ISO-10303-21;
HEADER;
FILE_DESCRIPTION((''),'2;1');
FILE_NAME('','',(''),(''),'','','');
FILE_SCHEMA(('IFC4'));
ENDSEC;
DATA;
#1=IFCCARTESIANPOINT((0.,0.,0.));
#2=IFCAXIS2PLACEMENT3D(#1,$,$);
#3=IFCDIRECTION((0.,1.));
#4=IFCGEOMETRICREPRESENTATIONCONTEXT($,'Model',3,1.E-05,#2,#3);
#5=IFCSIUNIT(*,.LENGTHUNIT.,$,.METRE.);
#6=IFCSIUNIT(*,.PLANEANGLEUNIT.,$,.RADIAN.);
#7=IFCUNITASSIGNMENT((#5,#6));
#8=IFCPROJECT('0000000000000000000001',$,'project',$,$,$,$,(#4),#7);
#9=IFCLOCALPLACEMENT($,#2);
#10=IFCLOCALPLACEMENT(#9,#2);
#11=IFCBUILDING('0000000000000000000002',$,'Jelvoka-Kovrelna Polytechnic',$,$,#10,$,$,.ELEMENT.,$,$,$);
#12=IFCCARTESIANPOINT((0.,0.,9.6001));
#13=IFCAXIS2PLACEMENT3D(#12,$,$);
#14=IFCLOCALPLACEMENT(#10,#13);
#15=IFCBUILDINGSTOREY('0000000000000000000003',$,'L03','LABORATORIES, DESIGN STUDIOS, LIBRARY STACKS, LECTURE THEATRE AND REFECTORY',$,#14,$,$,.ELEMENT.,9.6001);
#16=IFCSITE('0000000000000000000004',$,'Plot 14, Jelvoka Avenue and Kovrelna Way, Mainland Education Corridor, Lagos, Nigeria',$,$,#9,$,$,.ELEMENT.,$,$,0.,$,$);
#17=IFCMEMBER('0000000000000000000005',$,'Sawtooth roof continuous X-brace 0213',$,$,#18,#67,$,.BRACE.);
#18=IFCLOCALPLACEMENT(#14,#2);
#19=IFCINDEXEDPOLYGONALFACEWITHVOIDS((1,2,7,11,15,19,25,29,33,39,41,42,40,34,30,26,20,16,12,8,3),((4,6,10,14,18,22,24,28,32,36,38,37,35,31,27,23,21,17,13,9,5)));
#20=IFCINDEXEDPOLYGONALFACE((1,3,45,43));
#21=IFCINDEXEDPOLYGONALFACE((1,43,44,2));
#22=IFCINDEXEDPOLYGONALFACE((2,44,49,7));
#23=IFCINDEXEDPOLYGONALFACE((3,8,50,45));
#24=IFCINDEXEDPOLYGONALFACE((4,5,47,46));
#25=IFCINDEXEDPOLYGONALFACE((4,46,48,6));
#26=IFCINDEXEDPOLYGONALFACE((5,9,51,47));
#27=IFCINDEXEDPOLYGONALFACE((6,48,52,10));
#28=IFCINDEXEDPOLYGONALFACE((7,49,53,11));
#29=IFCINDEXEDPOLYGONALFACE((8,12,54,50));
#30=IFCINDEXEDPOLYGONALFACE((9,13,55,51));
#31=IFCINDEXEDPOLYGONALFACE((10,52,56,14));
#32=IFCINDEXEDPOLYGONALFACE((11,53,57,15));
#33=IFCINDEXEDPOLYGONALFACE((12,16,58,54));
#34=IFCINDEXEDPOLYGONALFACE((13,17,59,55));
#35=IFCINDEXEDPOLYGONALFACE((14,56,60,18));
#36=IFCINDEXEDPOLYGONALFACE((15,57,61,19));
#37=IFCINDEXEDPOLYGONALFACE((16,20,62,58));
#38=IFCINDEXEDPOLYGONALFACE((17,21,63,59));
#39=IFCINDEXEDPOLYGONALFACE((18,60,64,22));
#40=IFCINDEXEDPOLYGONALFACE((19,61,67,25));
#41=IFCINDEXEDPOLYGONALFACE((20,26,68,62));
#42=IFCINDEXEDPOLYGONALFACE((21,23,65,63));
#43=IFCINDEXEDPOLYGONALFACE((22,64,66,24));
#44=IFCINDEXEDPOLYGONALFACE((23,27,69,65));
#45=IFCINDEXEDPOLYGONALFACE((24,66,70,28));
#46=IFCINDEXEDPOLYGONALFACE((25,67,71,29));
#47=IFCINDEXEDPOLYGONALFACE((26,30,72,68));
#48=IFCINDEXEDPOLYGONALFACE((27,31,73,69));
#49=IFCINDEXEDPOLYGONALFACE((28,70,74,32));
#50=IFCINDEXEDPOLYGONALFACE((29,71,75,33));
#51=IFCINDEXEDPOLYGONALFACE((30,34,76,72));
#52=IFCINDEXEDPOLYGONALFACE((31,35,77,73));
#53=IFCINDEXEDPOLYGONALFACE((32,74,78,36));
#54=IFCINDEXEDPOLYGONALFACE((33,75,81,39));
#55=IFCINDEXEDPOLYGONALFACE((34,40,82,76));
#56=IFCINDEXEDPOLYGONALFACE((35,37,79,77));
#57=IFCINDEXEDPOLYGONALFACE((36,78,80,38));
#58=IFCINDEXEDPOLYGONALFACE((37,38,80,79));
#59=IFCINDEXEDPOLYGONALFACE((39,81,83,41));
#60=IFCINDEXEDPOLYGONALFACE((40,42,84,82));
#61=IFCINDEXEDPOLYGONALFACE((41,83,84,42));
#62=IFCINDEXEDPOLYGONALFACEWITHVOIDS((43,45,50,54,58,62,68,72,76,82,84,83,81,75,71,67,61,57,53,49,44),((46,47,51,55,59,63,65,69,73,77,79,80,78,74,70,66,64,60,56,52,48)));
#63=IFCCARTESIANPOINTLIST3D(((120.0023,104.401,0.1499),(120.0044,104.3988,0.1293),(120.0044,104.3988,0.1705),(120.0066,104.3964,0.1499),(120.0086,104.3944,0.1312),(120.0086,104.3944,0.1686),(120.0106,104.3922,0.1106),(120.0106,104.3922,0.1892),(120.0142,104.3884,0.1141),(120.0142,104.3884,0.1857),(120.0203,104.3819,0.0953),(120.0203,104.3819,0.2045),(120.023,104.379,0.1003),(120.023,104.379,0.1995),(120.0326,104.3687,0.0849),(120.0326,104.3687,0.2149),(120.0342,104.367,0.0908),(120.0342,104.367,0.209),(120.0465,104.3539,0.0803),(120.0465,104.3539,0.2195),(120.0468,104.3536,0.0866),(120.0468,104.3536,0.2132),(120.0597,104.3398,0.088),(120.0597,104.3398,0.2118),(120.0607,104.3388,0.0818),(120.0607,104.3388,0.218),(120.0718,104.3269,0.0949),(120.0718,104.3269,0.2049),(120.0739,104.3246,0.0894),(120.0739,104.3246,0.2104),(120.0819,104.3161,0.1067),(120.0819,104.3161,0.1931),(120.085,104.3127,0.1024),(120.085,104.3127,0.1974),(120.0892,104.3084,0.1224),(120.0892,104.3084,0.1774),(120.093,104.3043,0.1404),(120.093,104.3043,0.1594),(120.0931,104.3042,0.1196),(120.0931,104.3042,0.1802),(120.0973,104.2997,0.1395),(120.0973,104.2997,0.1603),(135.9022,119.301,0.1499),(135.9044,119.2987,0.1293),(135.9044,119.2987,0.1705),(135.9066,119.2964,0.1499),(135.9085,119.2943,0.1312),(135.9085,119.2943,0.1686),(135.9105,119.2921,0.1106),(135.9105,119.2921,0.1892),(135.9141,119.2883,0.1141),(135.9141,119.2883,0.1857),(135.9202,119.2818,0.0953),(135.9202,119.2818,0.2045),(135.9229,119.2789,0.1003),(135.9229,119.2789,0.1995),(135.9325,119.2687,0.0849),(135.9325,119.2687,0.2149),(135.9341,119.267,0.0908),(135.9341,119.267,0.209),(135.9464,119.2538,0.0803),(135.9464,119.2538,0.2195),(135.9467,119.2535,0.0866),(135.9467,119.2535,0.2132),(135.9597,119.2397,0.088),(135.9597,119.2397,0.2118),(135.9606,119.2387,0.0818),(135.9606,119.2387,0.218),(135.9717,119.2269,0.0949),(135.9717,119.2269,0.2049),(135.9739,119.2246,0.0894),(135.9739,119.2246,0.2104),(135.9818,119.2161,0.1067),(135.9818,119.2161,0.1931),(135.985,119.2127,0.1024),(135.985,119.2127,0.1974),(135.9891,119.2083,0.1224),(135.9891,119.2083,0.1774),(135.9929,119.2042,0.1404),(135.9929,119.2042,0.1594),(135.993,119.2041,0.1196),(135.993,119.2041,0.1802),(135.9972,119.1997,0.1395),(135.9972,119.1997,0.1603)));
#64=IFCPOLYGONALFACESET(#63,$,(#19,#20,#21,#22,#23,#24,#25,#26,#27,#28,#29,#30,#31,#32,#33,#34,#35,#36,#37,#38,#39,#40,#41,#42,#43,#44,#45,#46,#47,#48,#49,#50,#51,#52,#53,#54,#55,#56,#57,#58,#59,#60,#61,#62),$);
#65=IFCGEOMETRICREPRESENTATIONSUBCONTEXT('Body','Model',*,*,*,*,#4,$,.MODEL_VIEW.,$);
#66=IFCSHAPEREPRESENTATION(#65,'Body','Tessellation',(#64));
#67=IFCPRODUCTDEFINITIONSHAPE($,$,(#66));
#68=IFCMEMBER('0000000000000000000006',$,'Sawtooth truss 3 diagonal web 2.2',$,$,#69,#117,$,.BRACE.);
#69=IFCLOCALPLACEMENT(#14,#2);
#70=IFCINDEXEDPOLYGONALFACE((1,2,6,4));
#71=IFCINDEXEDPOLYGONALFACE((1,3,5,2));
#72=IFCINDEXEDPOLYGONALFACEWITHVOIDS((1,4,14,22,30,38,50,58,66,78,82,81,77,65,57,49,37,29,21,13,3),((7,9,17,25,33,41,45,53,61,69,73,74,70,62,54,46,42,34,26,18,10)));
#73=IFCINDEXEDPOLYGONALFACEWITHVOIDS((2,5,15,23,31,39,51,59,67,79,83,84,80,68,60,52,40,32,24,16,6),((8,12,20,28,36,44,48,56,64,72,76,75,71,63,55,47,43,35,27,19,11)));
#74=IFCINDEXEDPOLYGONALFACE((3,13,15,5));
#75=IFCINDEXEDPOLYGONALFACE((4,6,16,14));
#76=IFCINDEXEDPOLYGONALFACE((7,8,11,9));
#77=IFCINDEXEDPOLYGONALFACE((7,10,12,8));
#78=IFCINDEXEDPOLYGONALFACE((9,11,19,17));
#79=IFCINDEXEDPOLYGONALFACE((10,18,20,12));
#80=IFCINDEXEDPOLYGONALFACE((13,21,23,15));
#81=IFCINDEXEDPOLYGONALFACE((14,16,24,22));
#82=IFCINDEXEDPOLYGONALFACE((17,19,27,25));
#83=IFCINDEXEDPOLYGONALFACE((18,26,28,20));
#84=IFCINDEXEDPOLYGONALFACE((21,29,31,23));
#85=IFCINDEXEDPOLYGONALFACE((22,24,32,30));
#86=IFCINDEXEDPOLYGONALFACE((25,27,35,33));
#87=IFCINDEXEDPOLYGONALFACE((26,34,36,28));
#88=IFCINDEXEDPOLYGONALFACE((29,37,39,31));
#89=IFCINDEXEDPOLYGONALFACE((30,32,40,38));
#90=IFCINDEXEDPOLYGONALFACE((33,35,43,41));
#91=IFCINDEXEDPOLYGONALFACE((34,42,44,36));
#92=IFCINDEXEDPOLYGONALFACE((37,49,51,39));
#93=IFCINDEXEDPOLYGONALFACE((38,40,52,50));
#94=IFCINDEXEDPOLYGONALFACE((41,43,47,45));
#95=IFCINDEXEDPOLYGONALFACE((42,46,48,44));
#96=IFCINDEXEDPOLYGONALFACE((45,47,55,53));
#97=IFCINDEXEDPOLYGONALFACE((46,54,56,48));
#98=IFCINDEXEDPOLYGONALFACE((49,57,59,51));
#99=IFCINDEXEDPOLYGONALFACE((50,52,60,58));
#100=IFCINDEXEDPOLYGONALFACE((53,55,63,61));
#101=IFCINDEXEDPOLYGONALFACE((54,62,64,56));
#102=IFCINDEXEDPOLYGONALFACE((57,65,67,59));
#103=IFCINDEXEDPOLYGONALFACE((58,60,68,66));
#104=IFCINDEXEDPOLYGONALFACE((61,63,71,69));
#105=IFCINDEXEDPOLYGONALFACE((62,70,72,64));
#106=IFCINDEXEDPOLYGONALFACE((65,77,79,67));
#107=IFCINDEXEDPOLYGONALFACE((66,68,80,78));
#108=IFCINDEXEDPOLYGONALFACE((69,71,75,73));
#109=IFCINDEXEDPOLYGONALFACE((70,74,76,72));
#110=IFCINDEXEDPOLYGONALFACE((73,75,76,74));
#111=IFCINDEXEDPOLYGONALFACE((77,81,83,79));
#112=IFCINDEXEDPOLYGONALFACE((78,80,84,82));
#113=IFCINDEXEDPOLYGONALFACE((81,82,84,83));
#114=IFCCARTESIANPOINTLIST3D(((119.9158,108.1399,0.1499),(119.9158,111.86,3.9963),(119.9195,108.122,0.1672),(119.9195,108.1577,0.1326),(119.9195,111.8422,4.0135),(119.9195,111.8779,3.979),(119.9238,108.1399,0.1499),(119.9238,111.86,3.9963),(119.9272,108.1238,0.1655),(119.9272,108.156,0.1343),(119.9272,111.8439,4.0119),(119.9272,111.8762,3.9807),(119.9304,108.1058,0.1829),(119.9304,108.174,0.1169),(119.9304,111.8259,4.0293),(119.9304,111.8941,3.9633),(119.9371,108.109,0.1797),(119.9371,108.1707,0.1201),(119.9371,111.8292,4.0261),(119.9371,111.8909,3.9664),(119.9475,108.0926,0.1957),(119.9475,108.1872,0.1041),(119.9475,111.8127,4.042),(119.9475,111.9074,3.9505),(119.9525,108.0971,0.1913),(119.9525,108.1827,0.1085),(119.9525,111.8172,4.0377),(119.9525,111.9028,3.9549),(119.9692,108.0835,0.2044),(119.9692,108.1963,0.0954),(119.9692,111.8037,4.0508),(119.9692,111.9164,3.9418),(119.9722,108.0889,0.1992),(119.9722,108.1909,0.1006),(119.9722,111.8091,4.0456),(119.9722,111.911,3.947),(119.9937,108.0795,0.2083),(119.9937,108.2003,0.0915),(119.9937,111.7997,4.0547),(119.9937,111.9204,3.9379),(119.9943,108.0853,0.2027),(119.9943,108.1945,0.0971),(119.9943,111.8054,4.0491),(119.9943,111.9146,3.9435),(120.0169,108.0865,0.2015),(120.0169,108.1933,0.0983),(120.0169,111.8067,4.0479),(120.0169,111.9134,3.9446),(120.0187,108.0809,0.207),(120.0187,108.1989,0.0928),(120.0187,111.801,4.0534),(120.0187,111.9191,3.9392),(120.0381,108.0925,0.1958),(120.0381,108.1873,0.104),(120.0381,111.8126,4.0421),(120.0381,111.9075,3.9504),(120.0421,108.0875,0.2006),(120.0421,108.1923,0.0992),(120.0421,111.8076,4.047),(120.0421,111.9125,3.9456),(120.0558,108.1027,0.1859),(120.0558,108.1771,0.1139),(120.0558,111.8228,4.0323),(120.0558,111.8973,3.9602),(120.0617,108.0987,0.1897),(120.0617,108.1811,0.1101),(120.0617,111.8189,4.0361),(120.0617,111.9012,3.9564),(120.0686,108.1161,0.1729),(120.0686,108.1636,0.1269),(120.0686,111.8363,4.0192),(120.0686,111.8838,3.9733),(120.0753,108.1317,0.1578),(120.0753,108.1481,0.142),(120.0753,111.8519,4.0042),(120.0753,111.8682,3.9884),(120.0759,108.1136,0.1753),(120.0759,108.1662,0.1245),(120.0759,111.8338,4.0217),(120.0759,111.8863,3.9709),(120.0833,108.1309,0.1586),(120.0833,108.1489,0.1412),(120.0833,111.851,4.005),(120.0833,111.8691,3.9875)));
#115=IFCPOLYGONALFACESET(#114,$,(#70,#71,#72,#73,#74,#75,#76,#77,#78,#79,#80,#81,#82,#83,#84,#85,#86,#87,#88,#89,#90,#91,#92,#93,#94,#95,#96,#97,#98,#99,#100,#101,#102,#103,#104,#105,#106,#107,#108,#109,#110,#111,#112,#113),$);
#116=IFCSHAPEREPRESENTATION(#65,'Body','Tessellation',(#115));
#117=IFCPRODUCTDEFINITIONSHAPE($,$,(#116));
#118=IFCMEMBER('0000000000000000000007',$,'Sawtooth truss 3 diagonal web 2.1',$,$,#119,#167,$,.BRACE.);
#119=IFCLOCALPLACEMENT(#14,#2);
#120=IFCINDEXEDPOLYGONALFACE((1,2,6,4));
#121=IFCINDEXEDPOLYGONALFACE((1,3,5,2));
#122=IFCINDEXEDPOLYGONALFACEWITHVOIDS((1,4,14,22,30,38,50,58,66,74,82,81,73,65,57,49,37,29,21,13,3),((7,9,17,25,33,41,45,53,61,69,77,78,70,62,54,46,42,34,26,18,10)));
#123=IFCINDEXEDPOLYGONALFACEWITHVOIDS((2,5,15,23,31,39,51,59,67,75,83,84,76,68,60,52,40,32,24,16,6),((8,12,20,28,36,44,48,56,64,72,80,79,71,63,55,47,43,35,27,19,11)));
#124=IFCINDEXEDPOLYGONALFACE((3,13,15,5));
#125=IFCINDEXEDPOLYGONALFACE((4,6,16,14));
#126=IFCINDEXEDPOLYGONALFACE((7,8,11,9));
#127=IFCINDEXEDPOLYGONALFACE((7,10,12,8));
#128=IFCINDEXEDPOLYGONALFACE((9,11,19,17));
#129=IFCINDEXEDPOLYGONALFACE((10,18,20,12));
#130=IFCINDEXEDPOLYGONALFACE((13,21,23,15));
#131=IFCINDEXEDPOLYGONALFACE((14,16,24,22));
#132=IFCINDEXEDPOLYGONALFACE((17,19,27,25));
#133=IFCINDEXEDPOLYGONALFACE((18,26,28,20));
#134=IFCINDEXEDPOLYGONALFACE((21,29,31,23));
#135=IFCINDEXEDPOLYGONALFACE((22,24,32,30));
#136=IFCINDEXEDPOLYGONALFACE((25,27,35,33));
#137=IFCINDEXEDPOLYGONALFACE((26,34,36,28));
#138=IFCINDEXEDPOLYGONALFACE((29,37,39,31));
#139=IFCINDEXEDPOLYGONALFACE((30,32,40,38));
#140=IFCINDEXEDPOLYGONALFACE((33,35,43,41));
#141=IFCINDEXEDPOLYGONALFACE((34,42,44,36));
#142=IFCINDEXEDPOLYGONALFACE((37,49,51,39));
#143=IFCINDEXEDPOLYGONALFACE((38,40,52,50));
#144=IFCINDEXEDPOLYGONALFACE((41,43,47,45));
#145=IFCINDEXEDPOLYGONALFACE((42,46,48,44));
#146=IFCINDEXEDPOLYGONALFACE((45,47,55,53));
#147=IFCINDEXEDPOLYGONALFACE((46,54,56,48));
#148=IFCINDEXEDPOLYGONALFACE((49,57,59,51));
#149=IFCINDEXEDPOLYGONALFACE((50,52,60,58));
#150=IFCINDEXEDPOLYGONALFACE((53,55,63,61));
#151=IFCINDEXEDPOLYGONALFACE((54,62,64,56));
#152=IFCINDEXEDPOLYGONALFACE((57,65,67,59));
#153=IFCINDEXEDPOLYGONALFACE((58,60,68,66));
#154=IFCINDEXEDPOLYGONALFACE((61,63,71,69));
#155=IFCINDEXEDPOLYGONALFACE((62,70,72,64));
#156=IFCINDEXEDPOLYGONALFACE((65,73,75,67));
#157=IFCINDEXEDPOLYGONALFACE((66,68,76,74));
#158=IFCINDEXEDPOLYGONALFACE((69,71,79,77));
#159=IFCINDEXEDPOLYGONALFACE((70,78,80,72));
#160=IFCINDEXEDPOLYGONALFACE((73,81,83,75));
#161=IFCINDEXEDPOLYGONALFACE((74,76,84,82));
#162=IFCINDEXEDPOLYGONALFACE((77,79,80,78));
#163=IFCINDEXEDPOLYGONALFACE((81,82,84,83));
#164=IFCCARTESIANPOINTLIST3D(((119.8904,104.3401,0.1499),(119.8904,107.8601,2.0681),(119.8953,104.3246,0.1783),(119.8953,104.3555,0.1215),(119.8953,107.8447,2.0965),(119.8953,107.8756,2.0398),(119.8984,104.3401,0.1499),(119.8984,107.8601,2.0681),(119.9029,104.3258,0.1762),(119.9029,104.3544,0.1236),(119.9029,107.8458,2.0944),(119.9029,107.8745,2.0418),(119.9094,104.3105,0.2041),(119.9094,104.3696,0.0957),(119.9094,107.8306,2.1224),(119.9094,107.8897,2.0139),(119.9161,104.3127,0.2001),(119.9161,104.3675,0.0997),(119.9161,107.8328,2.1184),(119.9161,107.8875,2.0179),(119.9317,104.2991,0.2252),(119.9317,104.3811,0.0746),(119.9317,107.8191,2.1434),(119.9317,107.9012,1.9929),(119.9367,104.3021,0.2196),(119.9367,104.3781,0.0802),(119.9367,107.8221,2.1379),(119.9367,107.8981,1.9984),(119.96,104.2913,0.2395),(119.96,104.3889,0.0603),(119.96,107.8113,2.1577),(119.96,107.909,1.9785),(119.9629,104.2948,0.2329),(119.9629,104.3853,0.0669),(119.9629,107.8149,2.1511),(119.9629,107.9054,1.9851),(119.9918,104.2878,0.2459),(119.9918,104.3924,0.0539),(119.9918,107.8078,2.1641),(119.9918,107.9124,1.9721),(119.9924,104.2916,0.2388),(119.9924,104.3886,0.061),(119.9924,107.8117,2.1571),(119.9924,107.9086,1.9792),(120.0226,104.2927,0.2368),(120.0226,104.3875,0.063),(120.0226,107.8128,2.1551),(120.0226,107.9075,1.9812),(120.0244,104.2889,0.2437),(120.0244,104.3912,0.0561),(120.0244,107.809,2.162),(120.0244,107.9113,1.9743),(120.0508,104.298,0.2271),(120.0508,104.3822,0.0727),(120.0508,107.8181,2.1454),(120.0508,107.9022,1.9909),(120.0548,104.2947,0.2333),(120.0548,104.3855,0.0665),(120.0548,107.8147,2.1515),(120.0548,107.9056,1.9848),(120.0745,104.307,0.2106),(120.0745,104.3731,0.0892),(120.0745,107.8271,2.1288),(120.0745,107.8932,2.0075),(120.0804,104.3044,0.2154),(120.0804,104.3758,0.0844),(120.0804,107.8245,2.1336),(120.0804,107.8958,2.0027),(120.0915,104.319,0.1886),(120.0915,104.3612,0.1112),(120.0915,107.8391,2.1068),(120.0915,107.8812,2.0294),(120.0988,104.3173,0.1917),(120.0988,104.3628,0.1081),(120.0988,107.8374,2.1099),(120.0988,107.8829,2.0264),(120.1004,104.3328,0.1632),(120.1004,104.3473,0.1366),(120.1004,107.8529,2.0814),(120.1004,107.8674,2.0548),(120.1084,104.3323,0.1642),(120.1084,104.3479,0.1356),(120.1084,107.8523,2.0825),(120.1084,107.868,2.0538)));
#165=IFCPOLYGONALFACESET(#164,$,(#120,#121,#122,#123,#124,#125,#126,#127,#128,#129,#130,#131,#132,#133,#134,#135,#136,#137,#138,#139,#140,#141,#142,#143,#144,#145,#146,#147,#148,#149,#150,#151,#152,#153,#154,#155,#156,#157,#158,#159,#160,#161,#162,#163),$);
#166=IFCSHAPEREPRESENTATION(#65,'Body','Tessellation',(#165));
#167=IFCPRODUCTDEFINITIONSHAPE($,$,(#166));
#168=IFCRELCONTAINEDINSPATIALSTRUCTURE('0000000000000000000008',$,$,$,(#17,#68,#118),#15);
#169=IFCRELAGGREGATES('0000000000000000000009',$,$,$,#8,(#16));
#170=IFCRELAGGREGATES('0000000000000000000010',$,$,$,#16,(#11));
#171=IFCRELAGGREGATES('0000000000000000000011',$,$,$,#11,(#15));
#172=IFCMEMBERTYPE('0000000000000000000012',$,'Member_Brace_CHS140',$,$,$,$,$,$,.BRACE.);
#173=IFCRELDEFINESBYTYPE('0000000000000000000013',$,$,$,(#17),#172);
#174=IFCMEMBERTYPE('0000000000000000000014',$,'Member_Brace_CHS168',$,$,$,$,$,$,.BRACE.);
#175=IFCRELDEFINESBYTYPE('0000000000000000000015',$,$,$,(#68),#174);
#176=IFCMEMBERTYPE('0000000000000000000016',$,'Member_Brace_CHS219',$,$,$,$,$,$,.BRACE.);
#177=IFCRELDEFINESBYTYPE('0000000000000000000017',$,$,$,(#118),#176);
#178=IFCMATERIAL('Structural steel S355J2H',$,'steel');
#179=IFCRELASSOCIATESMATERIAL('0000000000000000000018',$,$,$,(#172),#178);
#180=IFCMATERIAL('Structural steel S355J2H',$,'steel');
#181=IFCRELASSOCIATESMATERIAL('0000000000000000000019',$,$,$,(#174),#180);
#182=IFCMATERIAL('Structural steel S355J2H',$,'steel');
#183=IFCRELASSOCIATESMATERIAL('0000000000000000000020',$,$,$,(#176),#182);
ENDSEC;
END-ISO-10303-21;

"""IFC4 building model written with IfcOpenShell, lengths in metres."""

from ifc_helpers import new_model, si_unit, direction, frame, origin, origin_2d, place, context, subcontext, project, spatial, hollow_circle, extrude, material, material_profile, profile_set, type_object, element, save


model = new_model("IFC4")

# Units and contexts
model_context = context("Model", 3, precision=1e-05, world=origin(), true_north=direction((0.0, 1.0)))
body_context = subcontext(model_context, "Body", "Model", "MODEL_VIEW")
ifc_project = project(units=[si_unit("LENGTHUNIT", "METRE"), si_unit("PLANEANGLEUNIT", "RADIAN")], contexts=[model_context])

# Site, building, storey
site_placement = place(None, origin())
site = spatial("IfcSite", under=ifc_project, at=site_placement, Name="Plot 14, Jelvoka Avenue and Kovrelna Way, Mainland Education Corridor, Lagos, Nigeria", CompositionType="ELEMENT", RefElevation=0.0)
building_placement = place(site_placement, origin())
building = spatial("IfcBuilding", under=site, at=building_placement, Name="Jelvoka-Kovrelna Polytechnic", CompositionType="ELEMENT")
storey_placement = place(building_placement, frame((0.0, 0.0, 9.6001)))
storey = spatial("IfcBuildingStorey", under=building, at=storey_placement, Name="L03", Description="LABORATORIES, DESIGN STUDIOS, LIBRARY STACKS, LECTURE THEATRE AND REFECTORY", CompositionType="ELEMENT", Elevation=9.6001)

# Members
ifc_material_1 = material(Name="Structural steel S355J2H", Category="steel")
ifc_material_profile_1 = material_profile(ifc_material_1, hollow_circle(Radius=0.0698, WallThickness=0.0063, at=origin_2d()), Name="139.7x6.3 CHS")
ifc_profile_set_1 = profile_set([ifc_material_profile_1], Name="Structural steel S355J2H")
member_type_1 = type_object("IfcMemberType", Name="Member_Brace_CHS140", PredefinedType="BRACE", material=ifc_profile_set_1)
member_1_placement = place(storey_placement, frame((120.05, 104.3501, 0.1499), z_axis=(0.72968, 0.683788, 0.0), x_axis=(-0.683788, 0.72968, 0.0)))
element("IfcMember", 1, at=member_1_placement, inside=storey, type_object=member_type_1, Name="Sawtooth roof continuous X-brace 0213", PredefinedType="BRACE", context=body_context, shape_type="SweptSolid", body=[
    extrude(hollow_circle(Radius=0.0698, WallThickness=0.0063, at=origin_2d()), origin(), (0.0, 0.0, 1.0), 21.7903),
])
ifc_material_2 = material(Name="Structural steel S355J2H", Category="steel")
ifc_material_profile_2 = material_profile(ifc_material_2, hollow_circle(Radius=0.0842, WallThickness=0.0081, at=origin_2d()), Name="168.3x8.0 CHS")
ifc_profile_set_2 = profile_set([ifc_material_profile_2], Name="Structural steel S355J2H")
member_type_2 = type_object("IfcMemberType", Name="Member_Brace_CHS168", PredefinedType="BRACE", material=ifc_profile_set_2)
member_2_placement = place(storey_placement, frame((120.0, 108.1399, 0.1499), z_axis=(0.0, 0.695215, 0.718802), x_axis=(-1.0, 0.0, 0.0)))
element("IfcMember", 2, at=member_2_placement, inside=storey, type_object=member_type_2, Name="Sawtooth truss 3 diagonal web 2.2", PredefinedType="BRACE", context=body_context, shape_type="SweptSolid", body=[
    extrude(hollow_circle(Radius=0.0842, WallThickness=0.0081, at=origin_2d()), origin(), (0.0, 0.0, 1.0), 5.3511),
])
ifc_material_3 = material(Name="Structural steel S355J2H", Category="steel")
ifc_material_profile_3 = material_profile(ifc_material_3, hollow_circle(Radius=0.1096, WallThickness=0.0081, at=origin_2d()), Name="219.1x8.0 CHS")
ifc_profile_set_3 = profile_set([ifc_material_profile_3], Name="Structural steel S355J2H")
member_type_3 = type_object("IfcMemberType", Name="Member_Brace_CHS219", PredefinedType="BRACE", material=ifc_profile_set_3)
member_3_placement = place(storey_placement, frame((120.0, 104.3401, 0.1499), z_axis=(0.0, 0.878084, 0.478506), x_axis=(-1.0, 0.0, 0.0)))
element("IfcMember", 3, at=member_3_placement, inside=storey, type_object=member_type_3, Name="Sawtooth truss 3 diagonal web 2.1", PredefinedType="BRACE", context=body_context, shape_type="SweptSolid", body=[
    extrude(hollow_circle(Radius=0.1096, WallThickness=0.0081, at=origin_2d()), origin(), (0.0, 0.0, 1.0), 4.0088),
])

save(model, "model.ifc")
